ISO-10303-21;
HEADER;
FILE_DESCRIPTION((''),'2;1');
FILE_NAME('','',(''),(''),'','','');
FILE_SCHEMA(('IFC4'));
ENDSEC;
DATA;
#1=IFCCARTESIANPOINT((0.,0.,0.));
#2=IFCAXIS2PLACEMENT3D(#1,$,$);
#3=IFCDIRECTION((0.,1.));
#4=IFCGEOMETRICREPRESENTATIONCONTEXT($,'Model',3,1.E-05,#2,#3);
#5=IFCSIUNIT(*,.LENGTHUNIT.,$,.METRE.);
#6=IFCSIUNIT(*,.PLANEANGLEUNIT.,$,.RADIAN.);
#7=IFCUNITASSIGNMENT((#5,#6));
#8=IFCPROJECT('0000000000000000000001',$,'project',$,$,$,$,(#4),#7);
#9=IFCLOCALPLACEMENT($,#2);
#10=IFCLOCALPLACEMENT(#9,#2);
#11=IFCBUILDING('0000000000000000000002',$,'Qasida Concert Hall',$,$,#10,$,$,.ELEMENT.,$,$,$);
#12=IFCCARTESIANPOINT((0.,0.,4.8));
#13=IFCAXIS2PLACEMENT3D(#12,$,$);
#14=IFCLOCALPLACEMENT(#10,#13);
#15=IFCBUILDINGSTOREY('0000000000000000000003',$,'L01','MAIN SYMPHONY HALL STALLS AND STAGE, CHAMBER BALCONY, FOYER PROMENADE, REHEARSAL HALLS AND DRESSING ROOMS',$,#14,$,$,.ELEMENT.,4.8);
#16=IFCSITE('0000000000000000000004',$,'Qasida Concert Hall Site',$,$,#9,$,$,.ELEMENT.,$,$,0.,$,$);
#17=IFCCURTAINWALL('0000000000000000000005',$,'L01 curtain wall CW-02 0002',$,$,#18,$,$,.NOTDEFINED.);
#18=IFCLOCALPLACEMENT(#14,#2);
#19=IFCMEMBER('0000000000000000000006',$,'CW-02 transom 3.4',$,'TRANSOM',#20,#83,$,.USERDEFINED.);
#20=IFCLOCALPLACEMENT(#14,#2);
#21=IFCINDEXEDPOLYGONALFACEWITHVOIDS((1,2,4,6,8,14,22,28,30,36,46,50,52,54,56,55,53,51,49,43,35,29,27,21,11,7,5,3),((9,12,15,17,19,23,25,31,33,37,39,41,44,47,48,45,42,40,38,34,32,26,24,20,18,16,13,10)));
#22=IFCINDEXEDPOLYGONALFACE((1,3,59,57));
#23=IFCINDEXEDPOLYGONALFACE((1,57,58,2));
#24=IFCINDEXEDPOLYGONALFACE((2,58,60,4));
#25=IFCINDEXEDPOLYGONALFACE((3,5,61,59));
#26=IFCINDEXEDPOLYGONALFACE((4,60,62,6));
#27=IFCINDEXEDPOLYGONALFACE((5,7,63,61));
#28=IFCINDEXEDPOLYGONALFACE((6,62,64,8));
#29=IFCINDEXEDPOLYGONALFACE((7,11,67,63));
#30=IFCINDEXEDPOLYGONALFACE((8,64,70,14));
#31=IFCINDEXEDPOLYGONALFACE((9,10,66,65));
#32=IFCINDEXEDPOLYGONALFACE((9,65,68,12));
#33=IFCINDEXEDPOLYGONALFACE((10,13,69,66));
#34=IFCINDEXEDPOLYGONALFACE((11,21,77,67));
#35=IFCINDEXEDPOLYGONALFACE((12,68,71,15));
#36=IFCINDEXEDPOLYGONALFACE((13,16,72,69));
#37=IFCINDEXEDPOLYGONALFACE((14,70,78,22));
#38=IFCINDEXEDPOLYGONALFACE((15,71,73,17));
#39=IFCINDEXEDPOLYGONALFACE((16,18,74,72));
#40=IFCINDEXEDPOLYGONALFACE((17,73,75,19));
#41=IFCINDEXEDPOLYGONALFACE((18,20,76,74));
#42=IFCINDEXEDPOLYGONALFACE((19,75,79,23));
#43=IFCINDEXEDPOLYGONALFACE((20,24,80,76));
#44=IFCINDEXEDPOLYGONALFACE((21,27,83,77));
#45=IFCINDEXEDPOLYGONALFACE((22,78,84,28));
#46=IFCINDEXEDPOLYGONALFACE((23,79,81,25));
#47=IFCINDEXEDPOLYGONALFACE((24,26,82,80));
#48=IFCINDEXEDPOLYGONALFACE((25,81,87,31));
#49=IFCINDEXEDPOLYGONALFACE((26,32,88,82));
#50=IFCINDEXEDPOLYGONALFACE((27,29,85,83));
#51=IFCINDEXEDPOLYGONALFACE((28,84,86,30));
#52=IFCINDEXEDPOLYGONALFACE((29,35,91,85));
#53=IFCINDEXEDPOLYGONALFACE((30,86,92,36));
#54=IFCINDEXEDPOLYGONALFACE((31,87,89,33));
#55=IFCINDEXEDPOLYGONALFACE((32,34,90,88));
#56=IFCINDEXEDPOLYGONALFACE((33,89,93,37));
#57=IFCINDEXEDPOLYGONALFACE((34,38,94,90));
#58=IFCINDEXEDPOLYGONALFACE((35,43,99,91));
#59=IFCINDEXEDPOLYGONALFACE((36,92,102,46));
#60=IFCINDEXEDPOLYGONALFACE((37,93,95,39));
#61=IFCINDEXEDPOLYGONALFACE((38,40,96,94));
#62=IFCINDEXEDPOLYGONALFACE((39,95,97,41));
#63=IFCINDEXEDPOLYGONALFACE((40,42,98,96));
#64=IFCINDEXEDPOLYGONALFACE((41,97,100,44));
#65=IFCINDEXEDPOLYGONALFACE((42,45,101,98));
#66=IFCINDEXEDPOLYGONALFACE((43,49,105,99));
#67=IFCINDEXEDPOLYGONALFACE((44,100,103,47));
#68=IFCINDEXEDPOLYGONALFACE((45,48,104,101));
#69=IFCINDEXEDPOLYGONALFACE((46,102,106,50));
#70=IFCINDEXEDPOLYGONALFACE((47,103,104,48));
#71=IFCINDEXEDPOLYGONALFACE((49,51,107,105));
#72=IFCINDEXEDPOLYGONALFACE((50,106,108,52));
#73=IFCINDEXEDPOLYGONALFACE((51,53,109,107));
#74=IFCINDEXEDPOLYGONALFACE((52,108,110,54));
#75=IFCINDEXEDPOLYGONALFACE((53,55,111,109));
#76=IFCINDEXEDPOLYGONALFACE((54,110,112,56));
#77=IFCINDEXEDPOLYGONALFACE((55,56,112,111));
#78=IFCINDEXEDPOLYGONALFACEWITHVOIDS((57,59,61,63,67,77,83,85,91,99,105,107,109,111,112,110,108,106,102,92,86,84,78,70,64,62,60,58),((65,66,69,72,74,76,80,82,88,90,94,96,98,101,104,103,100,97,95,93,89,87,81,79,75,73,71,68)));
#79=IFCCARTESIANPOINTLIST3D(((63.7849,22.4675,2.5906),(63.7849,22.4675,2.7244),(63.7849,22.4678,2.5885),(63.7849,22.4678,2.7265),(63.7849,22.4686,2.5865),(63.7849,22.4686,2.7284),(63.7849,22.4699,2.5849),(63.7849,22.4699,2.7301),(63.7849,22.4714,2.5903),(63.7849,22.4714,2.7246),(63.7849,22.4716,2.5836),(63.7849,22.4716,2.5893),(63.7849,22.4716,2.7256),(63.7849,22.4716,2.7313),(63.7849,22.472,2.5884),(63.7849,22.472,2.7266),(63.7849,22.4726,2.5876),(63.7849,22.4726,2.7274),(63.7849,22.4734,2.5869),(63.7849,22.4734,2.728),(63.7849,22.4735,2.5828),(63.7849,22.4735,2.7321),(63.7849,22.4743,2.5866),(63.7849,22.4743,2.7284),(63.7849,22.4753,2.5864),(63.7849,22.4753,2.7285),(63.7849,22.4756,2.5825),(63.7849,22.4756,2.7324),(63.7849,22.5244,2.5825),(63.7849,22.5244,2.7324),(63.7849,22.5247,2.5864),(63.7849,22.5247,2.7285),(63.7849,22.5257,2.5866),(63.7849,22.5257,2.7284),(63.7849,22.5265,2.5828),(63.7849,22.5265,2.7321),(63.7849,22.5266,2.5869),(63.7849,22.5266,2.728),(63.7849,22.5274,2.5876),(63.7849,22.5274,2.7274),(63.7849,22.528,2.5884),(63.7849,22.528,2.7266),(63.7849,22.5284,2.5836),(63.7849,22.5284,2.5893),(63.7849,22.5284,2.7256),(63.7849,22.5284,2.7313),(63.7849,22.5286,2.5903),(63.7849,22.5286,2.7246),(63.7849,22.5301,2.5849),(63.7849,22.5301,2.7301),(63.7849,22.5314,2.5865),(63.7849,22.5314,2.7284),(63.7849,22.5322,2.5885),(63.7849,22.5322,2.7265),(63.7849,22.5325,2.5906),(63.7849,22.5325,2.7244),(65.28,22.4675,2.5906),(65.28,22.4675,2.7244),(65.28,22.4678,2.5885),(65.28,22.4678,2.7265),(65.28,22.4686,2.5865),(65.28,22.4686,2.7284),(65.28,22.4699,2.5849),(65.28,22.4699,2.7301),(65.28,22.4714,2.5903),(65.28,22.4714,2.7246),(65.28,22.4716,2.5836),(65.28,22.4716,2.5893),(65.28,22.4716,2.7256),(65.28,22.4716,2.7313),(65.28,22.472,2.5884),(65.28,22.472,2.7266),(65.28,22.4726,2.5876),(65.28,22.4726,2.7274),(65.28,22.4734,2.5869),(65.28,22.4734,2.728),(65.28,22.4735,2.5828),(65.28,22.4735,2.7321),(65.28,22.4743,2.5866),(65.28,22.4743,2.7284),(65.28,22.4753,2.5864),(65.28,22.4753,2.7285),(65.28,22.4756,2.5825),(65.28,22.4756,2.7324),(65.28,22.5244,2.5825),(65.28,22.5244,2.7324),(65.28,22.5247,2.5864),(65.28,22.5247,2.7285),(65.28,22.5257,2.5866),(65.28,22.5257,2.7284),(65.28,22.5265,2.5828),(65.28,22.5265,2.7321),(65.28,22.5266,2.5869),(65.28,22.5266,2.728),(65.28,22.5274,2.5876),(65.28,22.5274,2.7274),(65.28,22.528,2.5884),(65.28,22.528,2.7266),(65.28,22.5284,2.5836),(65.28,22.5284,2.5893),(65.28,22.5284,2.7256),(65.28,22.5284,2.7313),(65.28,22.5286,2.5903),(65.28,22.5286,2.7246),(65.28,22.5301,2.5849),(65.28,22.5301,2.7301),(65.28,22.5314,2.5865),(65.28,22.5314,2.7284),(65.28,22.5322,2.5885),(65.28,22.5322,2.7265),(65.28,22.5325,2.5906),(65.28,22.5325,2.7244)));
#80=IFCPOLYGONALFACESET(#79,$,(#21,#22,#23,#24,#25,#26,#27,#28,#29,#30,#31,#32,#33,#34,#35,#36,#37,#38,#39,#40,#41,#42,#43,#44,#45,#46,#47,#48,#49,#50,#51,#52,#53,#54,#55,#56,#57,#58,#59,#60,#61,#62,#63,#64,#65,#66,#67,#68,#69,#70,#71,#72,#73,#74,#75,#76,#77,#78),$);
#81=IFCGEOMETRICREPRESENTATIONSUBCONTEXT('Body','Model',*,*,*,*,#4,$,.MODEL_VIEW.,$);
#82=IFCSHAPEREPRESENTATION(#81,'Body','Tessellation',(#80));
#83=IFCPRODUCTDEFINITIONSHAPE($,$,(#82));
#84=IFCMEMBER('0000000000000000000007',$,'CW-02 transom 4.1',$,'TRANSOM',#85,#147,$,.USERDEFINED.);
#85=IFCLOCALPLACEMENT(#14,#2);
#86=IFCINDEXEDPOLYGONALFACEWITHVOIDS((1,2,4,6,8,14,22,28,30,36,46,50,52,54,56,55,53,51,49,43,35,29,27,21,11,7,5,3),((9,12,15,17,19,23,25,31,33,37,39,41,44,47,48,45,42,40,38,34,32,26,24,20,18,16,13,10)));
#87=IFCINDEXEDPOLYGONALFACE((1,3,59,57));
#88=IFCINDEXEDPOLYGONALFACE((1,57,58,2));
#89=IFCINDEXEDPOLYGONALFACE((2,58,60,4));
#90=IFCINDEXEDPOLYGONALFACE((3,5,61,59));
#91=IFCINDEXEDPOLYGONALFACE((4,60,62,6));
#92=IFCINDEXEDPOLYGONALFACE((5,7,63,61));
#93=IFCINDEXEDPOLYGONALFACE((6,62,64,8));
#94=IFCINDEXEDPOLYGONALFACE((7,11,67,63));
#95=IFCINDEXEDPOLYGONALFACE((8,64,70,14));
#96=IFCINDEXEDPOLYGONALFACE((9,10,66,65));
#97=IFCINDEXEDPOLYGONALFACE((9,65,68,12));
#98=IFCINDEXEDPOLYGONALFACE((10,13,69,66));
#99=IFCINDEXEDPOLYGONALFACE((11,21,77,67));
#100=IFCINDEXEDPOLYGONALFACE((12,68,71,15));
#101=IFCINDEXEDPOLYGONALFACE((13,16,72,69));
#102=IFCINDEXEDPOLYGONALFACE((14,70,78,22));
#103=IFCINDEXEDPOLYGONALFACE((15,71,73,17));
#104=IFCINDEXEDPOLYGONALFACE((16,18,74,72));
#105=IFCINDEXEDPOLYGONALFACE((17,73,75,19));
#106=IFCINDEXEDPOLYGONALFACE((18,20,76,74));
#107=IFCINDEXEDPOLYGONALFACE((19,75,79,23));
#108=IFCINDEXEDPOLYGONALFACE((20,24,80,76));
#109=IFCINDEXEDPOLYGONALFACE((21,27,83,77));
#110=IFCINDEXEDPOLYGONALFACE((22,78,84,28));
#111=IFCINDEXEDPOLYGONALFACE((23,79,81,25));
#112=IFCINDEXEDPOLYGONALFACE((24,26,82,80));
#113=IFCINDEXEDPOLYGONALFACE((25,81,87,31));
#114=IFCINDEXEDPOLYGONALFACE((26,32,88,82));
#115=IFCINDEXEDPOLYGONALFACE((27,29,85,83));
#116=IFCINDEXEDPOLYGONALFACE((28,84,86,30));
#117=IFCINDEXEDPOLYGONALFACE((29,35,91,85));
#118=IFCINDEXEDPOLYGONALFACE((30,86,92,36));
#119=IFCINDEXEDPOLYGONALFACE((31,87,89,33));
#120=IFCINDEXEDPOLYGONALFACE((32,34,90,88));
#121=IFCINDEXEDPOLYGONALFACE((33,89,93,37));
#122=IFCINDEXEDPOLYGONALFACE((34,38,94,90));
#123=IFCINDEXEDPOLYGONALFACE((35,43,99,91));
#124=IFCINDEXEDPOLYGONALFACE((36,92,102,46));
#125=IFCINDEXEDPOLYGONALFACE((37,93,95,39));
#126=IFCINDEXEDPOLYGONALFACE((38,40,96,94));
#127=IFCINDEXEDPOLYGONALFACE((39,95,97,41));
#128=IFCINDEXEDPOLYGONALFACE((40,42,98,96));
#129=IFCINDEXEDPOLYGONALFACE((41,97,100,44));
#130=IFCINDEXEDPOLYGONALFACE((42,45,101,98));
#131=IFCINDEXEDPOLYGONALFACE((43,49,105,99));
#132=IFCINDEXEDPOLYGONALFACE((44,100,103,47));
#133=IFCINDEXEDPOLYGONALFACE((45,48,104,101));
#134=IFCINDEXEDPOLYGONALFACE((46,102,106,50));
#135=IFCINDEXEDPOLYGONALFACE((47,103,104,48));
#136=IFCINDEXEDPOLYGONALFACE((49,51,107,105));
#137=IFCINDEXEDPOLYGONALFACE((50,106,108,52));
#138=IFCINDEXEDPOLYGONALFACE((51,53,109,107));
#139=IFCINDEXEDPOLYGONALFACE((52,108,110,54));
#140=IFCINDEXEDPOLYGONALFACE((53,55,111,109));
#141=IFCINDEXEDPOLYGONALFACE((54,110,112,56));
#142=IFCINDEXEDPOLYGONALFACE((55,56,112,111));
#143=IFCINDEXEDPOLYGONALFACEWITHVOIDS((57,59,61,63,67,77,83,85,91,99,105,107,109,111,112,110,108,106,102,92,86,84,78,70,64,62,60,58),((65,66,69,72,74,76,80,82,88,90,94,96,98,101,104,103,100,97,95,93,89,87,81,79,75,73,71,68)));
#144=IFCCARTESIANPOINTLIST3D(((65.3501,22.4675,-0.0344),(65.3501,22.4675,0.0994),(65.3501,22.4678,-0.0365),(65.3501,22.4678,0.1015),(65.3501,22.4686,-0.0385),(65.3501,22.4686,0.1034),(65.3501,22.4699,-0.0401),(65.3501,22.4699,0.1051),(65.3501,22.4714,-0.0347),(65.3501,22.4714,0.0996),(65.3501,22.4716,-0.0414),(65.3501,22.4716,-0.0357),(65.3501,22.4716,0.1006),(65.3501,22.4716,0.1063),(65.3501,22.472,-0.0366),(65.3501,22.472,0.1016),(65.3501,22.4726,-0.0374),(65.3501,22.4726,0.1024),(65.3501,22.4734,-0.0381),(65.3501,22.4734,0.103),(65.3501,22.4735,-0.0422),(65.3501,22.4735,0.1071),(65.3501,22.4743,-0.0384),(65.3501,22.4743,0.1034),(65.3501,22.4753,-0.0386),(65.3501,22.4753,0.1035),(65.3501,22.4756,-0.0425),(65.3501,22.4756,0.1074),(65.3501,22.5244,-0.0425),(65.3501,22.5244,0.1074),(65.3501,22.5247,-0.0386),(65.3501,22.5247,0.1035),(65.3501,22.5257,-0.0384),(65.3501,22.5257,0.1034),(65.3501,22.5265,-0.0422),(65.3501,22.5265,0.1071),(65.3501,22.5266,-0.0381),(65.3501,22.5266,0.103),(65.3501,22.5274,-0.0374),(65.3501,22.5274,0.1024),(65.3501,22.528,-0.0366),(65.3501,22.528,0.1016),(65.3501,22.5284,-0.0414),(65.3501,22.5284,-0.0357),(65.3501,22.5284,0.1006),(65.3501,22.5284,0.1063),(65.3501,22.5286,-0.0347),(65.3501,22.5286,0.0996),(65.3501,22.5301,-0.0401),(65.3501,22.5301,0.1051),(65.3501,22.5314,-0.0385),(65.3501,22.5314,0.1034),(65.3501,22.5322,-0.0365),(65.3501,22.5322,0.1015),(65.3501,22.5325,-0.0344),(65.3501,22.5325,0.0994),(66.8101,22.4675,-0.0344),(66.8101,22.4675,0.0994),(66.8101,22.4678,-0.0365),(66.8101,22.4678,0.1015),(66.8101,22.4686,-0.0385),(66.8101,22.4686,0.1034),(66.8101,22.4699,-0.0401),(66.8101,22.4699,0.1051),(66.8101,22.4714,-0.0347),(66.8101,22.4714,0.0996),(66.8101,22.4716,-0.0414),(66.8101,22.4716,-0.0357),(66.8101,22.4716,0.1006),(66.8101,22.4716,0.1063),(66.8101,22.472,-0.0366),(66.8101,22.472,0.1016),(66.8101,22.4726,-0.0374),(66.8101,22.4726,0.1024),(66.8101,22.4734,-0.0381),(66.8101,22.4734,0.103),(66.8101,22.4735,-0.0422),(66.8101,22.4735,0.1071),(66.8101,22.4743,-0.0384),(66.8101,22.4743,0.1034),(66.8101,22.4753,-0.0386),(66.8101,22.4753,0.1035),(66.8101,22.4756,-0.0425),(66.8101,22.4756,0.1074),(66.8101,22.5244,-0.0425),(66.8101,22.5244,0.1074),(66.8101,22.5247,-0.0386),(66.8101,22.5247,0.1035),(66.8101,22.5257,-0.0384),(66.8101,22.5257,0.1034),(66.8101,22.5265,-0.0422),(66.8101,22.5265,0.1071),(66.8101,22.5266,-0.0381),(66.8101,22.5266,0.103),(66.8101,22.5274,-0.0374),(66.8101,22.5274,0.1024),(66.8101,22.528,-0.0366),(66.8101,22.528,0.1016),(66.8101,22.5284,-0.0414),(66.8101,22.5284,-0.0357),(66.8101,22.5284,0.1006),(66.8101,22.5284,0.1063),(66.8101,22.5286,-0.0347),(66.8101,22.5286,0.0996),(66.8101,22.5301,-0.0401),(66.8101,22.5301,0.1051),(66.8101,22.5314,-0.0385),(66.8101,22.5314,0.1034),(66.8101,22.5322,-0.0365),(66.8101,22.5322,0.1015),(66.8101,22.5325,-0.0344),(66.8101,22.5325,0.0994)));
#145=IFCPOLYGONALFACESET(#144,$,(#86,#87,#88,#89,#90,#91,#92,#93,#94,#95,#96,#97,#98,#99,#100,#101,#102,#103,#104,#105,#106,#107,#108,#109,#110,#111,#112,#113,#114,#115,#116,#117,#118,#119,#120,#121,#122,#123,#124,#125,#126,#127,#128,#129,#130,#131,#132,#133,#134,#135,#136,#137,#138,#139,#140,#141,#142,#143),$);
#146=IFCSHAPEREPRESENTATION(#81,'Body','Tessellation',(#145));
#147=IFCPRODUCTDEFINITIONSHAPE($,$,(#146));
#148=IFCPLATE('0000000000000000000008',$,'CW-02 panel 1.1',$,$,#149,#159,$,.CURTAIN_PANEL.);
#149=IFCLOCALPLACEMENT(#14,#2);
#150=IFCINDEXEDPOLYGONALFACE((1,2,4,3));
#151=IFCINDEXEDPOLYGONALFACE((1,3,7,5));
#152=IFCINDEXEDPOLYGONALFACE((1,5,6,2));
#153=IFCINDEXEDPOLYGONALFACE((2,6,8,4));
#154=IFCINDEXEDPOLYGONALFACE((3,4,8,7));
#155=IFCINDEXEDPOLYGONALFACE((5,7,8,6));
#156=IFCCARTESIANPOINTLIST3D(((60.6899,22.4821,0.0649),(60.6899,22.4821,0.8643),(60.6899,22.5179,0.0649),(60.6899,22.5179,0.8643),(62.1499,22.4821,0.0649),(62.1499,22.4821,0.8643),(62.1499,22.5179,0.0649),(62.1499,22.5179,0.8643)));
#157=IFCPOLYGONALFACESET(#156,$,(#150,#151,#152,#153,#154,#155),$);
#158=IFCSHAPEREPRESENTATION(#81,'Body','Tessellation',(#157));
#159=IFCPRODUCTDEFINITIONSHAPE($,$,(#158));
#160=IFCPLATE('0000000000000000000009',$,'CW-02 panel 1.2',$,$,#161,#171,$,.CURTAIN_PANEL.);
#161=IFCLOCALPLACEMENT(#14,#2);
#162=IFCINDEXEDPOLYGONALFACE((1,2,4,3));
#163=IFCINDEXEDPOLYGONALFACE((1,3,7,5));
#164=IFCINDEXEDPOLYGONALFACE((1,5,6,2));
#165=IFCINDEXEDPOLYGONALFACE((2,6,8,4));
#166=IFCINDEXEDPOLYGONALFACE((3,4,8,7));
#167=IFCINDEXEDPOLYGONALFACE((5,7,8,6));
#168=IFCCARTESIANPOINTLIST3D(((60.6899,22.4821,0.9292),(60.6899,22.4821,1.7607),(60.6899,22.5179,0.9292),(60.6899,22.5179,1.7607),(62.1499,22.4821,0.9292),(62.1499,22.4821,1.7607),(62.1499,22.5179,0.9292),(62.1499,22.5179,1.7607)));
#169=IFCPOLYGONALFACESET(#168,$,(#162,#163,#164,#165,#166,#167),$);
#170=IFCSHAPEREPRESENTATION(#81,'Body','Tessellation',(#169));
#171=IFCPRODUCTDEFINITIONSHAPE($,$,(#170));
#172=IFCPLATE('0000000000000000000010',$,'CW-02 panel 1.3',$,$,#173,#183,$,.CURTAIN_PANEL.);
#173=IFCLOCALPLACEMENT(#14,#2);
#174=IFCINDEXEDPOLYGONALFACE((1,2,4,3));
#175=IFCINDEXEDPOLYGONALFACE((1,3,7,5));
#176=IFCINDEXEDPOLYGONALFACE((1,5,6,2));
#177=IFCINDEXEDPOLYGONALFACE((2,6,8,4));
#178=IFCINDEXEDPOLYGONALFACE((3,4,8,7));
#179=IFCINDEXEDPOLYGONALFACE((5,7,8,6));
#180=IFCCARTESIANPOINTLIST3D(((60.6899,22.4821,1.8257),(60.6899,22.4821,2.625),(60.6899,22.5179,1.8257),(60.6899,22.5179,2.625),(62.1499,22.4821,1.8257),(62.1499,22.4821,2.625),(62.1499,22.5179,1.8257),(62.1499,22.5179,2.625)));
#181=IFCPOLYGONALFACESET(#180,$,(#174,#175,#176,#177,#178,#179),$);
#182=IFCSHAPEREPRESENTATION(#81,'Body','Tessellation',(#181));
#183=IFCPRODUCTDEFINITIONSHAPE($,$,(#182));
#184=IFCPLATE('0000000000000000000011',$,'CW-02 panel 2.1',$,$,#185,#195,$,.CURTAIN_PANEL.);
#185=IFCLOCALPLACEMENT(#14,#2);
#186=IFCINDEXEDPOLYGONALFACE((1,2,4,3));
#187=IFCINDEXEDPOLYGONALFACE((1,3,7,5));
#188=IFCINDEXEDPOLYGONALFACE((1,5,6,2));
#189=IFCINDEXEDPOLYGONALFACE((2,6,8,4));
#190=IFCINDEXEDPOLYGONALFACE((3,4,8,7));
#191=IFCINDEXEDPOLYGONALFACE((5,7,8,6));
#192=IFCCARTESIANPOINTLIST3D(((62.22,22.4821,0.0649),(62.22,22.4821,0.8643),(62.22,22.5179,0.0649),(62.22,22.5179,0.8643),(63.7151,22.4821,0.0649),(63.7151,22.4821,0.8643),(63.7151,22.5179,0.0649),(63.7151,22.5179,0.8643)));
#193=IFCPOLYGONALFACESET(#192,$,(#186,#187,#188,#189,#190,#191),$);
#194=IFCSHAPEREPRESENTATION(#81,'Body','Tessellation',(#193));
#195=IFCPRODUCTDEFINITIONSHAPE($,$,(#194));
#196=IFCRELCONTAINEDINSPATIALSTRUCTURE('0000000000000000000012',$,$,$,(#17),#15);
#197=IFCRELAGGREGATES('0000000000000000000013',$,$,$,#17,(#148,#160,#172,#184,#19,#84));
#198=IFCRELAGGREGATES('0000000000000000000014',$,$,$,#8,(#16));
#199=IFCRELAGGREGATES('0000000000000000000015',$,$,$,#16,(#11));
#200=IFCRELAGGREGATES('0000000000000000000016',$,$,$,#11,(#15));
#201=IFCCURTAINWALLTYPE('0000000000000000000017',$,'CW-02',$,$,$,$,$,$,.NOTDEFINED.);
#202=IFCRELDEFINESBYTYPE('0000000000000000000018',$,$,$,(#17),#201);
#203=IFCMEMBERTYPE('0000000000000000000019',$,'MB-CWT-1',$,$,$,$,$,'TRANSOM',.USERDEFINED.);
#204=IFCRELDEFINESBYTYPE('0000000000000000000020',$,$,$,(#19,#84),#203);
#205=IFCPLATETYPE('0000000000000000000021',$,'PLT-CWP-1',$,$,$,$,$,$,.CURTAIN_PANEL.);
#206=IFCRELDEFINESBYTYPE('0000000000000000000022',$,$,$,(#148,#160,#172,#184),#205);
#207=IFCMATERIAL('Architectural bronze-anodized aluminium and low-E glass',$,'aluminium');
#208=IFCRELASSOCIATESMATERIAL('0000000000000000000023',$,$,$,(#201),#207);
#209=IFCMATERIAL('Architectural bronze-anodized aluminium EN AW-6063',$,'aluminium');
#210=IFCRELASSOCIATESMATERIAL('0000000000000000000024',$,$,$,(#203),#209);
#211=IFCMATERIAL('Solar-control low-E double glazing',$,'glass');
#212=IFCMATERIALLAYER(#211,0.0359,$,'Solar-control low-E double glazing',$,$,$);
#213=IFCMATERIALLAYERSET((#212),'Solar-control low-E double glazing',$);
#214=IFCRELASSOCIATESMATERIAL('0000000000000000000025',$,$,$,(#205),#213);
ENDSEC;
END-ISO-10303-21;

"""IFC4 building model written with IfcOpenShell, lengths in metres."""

from ifc_helpers import new_model, si_unit, direction, frame, origin, origin_2d, place, context, subcontext, project, spatial, rectangle, hollow_rectangle, extrude, material, layer, layer_set, material_profile, profile_set, type_object, element, aggregate, save


model = new_model("IFC4")

# Units and contexts
model_context = context("Model", 3, precision=1e-05, world=origin(), true_north=direction((0.0, 1.0)))
body_context = subcontext(model_context, "Body", "Model", "MODEL_VIEW")
ifc_project = project(units=[si_unit("LENGTHUNIT", "METRE"), si_unit("PLANEANGLEUNIT", "RADIAN")], contexts=[model_context])

# Site, building, storey
site_placement = place(None, origin())
site = spatial("IfcSite", under=ifc_project, at=site_placement, Name="Qasida Concert Hall Site", CompositionType="ELEMENT", RefElevation=0.0)
building_placement = place(site_placement, origin())
building = spatial("IfcBuilding", under=site, at=building_placement, Name="Qasida Concert Hall", CompositionType="ELEMENT")
storey_placement = place(building_placement, frame((0.0, 0.0, 4.8)))
storey = spatial("IfcBuildingStorey", under=building, at=storey_placement, Name="L01", Description="MAIN SYMPHONY HALL STALLS AND STAGE, CHAMBER BALCONY, FOYER PROMENADE, REHEARSAL HALLS AND DRESSING ROOMS", CompositionType="ELEMENT", Elevation=4.8)

# Curtain wall, members, plates
ifc_material_1 = material(Name="Architectural bronze-anodized aluminium and low-E glass", Category="aluminium")
curtain_wall_type = type_object("IfcCurtainWallType", Name="CW-02", PredefinedType="NOTDEFINED", material=ifc_material_1)
curtain_wall_placement = place(storey_placement, origin())
curtain_wall = element("IfcCurtainWall", 1, at=curtain_wall_placement, inside=storey, type_object=curtain_wall_type, Name="L01 curtain wall CW-02 0002", PredefinedType="NOTDEFINED")
ifc_material_2 = material(Name="Architectural bronze-anodized aluminium EN AW-6063", Category="aluminium")
ifc_material_profile_1 = material_profile(ifc_material_2, hollow_rectangle(XDim=0.0649, YDim=0.1499, WallThickness=0.0039, InnerFilletRadius=0.0039, OuterFilletRadius=0.0081, at=origin_2d()), Name="CWT 150x65x4")
ifc_profile_set_1 = profile_set([ifc_material_profile_1], Name="Architectural bronze-anodized aluminium EN AW-6063")
member_type_1 = type_object("IfcMemberType", Name="MB-CWT-1", ElementType="TRANSOM", PredefinedType="USERDEFINED", material=ifc_profile_set_1)
member_1_placement = place(storey_placement, frame((63.7849, 22.5, 2.6575), z_axis=(1.0, 0.0, 0.0), x_axis=(0.0, 1.0, 0.0)))
member_1 = element("IfcMember", 2, at=member_1_placement, type_object=member_type_1, Name="CW-02 transom 3.4", ObjectType="TRANSOM", PredefinedType="USERDEFINED", context=body_context, shape_type="SweptSolid", body=[
    extrude(hollow_rectangle(XDim=0.0649, YDim=0.1499, WallThickness=0.0039, InnerFilletRadius=0.0039, OuterFilletRadius=0.0081, at=origin_2d()), origin(), (0.0, 0.0, 1.0), 1.4951),
])
member_2_placement = place(storey_placement, frame((65.3501, 22.5, 0.0325), z_axis=(1.0, 0.0, 0.0), x_axis=(0.0, 1.0, 0.0)))
member_2 = element("IfcMember", 3, at=member_2_placement, type_object=member_type_1, Name="CW-02 transom 4.1", ObjectType="TRANSOM", PredefinedType="USERDEFINED", context=body_context, shape_type="SweptSolid", body=[
    extrude(hollow_rectangle(XDim=0.0649, YDim=0.1499, WallThickness=0.0039, InnerFilletRadius=0.0039, OuterFilletRadius=0.0081, at=origin_2d()), origin(), (0.0, 0.0, 1.0), 1.46),
])
ifc_material_3 = material(Name="Solar-control low-E double glazing", Category="glass")
ifc_layer = layer(ifc_material_3, 0.0359, Name="Solar-control low-E double glazing")
ifc_layer_set = layer_set([ifc_layer], Name="Solar-control low-E double glazing")
plate_type = type_object("IfcPlateType", Name="PLT-CWP-1", PredefinedType="CURTAIN_PANEL", material=ifc_layer_set)
plate_1_placement = place(storey_placement, frame((61.4199, 22.5, 0.0649), z_axis=(0.0, 0.0, 1.0), x_axis=(1.0, 0.0, 0.0)))
plate_1 = element("IfcPlate", 4, at=plate_1_placement, type_object=plate_type, Name="CW-02 panel 1.1", PredefinedType="CURTAIN_PANEL", context=body_context, shape_type="SweptSolid", body=[
    extrude(rectangle(XDim=1.46, YDim=0.0359, at=origin_2d()), origin(), (0.0, 0.0, 1.0), 0.7993),
])
plate_2_placement = place(storey_placement, frame((61.4199, 22.5, 0.9292), z_axis=(0.0, 0.0, 1.0), x_axis=(1.0, 0.0, 0.0)))
plate_2 = element("IfcPlate", 5, at=plate_2_placement, type_object=plate_type, Name="CW-02 panel 1.2", PredefinedType="CURTAIN_PANEL", context=body_context, shape_type="SweptSolid", body=[
    extrude(rectangle(XDim=1.46, YDim=0.0359, at=origin_2d()), origin(), (0.0, 0.0, 1.0), 0.8315),
])
plate_3_placement = place(storey_placement, frame((61.4199, 22.5, 1.8257), z_axis=(0.0, 0.0, 1.0), x_axis=(1.0, 0.0, 0.0)))
plate_3 = element("IfcPlate", 6, at=plate_3_placement, type_object=plate_type, Name="CW-02 panel 1.3", PredefinedType="CURTAIN_PANEL", context=body_context, shape_type="SweptSolid", body=[
    extrude(rectangle(XDim=1.46, YDim=0.0359, at=origin_2d()), origin(), (0.0, 0.0, 1.0), 0.7993),
])
plate_4_placement = place(storey_placement, frame((62.9675, 22.5, 0.0649), z_axis=(0.0, 0.0, 1.0), x_axis=(1.0, 0.0, 0.0)))
plate_4 = element("IfcPlate", 7, at=plate_4_placement, type_object=plate_type, Name="CW-02 panel 2.1", PredefinedType="CURTAIN_PANEL", context=body_context, shape_type="SweptSolid", body=[
    extrude(rectangle(XDim=1.4951, YDim=0.0359, at=origin_2d()), origin(), (0.0, 0.0, 1.0), 0.7993),
])
aggregate(curtain_wall, [plate_1, plate_2, plate_3, plate_4, member_1, member_2])

save(model, "model.ifc")
